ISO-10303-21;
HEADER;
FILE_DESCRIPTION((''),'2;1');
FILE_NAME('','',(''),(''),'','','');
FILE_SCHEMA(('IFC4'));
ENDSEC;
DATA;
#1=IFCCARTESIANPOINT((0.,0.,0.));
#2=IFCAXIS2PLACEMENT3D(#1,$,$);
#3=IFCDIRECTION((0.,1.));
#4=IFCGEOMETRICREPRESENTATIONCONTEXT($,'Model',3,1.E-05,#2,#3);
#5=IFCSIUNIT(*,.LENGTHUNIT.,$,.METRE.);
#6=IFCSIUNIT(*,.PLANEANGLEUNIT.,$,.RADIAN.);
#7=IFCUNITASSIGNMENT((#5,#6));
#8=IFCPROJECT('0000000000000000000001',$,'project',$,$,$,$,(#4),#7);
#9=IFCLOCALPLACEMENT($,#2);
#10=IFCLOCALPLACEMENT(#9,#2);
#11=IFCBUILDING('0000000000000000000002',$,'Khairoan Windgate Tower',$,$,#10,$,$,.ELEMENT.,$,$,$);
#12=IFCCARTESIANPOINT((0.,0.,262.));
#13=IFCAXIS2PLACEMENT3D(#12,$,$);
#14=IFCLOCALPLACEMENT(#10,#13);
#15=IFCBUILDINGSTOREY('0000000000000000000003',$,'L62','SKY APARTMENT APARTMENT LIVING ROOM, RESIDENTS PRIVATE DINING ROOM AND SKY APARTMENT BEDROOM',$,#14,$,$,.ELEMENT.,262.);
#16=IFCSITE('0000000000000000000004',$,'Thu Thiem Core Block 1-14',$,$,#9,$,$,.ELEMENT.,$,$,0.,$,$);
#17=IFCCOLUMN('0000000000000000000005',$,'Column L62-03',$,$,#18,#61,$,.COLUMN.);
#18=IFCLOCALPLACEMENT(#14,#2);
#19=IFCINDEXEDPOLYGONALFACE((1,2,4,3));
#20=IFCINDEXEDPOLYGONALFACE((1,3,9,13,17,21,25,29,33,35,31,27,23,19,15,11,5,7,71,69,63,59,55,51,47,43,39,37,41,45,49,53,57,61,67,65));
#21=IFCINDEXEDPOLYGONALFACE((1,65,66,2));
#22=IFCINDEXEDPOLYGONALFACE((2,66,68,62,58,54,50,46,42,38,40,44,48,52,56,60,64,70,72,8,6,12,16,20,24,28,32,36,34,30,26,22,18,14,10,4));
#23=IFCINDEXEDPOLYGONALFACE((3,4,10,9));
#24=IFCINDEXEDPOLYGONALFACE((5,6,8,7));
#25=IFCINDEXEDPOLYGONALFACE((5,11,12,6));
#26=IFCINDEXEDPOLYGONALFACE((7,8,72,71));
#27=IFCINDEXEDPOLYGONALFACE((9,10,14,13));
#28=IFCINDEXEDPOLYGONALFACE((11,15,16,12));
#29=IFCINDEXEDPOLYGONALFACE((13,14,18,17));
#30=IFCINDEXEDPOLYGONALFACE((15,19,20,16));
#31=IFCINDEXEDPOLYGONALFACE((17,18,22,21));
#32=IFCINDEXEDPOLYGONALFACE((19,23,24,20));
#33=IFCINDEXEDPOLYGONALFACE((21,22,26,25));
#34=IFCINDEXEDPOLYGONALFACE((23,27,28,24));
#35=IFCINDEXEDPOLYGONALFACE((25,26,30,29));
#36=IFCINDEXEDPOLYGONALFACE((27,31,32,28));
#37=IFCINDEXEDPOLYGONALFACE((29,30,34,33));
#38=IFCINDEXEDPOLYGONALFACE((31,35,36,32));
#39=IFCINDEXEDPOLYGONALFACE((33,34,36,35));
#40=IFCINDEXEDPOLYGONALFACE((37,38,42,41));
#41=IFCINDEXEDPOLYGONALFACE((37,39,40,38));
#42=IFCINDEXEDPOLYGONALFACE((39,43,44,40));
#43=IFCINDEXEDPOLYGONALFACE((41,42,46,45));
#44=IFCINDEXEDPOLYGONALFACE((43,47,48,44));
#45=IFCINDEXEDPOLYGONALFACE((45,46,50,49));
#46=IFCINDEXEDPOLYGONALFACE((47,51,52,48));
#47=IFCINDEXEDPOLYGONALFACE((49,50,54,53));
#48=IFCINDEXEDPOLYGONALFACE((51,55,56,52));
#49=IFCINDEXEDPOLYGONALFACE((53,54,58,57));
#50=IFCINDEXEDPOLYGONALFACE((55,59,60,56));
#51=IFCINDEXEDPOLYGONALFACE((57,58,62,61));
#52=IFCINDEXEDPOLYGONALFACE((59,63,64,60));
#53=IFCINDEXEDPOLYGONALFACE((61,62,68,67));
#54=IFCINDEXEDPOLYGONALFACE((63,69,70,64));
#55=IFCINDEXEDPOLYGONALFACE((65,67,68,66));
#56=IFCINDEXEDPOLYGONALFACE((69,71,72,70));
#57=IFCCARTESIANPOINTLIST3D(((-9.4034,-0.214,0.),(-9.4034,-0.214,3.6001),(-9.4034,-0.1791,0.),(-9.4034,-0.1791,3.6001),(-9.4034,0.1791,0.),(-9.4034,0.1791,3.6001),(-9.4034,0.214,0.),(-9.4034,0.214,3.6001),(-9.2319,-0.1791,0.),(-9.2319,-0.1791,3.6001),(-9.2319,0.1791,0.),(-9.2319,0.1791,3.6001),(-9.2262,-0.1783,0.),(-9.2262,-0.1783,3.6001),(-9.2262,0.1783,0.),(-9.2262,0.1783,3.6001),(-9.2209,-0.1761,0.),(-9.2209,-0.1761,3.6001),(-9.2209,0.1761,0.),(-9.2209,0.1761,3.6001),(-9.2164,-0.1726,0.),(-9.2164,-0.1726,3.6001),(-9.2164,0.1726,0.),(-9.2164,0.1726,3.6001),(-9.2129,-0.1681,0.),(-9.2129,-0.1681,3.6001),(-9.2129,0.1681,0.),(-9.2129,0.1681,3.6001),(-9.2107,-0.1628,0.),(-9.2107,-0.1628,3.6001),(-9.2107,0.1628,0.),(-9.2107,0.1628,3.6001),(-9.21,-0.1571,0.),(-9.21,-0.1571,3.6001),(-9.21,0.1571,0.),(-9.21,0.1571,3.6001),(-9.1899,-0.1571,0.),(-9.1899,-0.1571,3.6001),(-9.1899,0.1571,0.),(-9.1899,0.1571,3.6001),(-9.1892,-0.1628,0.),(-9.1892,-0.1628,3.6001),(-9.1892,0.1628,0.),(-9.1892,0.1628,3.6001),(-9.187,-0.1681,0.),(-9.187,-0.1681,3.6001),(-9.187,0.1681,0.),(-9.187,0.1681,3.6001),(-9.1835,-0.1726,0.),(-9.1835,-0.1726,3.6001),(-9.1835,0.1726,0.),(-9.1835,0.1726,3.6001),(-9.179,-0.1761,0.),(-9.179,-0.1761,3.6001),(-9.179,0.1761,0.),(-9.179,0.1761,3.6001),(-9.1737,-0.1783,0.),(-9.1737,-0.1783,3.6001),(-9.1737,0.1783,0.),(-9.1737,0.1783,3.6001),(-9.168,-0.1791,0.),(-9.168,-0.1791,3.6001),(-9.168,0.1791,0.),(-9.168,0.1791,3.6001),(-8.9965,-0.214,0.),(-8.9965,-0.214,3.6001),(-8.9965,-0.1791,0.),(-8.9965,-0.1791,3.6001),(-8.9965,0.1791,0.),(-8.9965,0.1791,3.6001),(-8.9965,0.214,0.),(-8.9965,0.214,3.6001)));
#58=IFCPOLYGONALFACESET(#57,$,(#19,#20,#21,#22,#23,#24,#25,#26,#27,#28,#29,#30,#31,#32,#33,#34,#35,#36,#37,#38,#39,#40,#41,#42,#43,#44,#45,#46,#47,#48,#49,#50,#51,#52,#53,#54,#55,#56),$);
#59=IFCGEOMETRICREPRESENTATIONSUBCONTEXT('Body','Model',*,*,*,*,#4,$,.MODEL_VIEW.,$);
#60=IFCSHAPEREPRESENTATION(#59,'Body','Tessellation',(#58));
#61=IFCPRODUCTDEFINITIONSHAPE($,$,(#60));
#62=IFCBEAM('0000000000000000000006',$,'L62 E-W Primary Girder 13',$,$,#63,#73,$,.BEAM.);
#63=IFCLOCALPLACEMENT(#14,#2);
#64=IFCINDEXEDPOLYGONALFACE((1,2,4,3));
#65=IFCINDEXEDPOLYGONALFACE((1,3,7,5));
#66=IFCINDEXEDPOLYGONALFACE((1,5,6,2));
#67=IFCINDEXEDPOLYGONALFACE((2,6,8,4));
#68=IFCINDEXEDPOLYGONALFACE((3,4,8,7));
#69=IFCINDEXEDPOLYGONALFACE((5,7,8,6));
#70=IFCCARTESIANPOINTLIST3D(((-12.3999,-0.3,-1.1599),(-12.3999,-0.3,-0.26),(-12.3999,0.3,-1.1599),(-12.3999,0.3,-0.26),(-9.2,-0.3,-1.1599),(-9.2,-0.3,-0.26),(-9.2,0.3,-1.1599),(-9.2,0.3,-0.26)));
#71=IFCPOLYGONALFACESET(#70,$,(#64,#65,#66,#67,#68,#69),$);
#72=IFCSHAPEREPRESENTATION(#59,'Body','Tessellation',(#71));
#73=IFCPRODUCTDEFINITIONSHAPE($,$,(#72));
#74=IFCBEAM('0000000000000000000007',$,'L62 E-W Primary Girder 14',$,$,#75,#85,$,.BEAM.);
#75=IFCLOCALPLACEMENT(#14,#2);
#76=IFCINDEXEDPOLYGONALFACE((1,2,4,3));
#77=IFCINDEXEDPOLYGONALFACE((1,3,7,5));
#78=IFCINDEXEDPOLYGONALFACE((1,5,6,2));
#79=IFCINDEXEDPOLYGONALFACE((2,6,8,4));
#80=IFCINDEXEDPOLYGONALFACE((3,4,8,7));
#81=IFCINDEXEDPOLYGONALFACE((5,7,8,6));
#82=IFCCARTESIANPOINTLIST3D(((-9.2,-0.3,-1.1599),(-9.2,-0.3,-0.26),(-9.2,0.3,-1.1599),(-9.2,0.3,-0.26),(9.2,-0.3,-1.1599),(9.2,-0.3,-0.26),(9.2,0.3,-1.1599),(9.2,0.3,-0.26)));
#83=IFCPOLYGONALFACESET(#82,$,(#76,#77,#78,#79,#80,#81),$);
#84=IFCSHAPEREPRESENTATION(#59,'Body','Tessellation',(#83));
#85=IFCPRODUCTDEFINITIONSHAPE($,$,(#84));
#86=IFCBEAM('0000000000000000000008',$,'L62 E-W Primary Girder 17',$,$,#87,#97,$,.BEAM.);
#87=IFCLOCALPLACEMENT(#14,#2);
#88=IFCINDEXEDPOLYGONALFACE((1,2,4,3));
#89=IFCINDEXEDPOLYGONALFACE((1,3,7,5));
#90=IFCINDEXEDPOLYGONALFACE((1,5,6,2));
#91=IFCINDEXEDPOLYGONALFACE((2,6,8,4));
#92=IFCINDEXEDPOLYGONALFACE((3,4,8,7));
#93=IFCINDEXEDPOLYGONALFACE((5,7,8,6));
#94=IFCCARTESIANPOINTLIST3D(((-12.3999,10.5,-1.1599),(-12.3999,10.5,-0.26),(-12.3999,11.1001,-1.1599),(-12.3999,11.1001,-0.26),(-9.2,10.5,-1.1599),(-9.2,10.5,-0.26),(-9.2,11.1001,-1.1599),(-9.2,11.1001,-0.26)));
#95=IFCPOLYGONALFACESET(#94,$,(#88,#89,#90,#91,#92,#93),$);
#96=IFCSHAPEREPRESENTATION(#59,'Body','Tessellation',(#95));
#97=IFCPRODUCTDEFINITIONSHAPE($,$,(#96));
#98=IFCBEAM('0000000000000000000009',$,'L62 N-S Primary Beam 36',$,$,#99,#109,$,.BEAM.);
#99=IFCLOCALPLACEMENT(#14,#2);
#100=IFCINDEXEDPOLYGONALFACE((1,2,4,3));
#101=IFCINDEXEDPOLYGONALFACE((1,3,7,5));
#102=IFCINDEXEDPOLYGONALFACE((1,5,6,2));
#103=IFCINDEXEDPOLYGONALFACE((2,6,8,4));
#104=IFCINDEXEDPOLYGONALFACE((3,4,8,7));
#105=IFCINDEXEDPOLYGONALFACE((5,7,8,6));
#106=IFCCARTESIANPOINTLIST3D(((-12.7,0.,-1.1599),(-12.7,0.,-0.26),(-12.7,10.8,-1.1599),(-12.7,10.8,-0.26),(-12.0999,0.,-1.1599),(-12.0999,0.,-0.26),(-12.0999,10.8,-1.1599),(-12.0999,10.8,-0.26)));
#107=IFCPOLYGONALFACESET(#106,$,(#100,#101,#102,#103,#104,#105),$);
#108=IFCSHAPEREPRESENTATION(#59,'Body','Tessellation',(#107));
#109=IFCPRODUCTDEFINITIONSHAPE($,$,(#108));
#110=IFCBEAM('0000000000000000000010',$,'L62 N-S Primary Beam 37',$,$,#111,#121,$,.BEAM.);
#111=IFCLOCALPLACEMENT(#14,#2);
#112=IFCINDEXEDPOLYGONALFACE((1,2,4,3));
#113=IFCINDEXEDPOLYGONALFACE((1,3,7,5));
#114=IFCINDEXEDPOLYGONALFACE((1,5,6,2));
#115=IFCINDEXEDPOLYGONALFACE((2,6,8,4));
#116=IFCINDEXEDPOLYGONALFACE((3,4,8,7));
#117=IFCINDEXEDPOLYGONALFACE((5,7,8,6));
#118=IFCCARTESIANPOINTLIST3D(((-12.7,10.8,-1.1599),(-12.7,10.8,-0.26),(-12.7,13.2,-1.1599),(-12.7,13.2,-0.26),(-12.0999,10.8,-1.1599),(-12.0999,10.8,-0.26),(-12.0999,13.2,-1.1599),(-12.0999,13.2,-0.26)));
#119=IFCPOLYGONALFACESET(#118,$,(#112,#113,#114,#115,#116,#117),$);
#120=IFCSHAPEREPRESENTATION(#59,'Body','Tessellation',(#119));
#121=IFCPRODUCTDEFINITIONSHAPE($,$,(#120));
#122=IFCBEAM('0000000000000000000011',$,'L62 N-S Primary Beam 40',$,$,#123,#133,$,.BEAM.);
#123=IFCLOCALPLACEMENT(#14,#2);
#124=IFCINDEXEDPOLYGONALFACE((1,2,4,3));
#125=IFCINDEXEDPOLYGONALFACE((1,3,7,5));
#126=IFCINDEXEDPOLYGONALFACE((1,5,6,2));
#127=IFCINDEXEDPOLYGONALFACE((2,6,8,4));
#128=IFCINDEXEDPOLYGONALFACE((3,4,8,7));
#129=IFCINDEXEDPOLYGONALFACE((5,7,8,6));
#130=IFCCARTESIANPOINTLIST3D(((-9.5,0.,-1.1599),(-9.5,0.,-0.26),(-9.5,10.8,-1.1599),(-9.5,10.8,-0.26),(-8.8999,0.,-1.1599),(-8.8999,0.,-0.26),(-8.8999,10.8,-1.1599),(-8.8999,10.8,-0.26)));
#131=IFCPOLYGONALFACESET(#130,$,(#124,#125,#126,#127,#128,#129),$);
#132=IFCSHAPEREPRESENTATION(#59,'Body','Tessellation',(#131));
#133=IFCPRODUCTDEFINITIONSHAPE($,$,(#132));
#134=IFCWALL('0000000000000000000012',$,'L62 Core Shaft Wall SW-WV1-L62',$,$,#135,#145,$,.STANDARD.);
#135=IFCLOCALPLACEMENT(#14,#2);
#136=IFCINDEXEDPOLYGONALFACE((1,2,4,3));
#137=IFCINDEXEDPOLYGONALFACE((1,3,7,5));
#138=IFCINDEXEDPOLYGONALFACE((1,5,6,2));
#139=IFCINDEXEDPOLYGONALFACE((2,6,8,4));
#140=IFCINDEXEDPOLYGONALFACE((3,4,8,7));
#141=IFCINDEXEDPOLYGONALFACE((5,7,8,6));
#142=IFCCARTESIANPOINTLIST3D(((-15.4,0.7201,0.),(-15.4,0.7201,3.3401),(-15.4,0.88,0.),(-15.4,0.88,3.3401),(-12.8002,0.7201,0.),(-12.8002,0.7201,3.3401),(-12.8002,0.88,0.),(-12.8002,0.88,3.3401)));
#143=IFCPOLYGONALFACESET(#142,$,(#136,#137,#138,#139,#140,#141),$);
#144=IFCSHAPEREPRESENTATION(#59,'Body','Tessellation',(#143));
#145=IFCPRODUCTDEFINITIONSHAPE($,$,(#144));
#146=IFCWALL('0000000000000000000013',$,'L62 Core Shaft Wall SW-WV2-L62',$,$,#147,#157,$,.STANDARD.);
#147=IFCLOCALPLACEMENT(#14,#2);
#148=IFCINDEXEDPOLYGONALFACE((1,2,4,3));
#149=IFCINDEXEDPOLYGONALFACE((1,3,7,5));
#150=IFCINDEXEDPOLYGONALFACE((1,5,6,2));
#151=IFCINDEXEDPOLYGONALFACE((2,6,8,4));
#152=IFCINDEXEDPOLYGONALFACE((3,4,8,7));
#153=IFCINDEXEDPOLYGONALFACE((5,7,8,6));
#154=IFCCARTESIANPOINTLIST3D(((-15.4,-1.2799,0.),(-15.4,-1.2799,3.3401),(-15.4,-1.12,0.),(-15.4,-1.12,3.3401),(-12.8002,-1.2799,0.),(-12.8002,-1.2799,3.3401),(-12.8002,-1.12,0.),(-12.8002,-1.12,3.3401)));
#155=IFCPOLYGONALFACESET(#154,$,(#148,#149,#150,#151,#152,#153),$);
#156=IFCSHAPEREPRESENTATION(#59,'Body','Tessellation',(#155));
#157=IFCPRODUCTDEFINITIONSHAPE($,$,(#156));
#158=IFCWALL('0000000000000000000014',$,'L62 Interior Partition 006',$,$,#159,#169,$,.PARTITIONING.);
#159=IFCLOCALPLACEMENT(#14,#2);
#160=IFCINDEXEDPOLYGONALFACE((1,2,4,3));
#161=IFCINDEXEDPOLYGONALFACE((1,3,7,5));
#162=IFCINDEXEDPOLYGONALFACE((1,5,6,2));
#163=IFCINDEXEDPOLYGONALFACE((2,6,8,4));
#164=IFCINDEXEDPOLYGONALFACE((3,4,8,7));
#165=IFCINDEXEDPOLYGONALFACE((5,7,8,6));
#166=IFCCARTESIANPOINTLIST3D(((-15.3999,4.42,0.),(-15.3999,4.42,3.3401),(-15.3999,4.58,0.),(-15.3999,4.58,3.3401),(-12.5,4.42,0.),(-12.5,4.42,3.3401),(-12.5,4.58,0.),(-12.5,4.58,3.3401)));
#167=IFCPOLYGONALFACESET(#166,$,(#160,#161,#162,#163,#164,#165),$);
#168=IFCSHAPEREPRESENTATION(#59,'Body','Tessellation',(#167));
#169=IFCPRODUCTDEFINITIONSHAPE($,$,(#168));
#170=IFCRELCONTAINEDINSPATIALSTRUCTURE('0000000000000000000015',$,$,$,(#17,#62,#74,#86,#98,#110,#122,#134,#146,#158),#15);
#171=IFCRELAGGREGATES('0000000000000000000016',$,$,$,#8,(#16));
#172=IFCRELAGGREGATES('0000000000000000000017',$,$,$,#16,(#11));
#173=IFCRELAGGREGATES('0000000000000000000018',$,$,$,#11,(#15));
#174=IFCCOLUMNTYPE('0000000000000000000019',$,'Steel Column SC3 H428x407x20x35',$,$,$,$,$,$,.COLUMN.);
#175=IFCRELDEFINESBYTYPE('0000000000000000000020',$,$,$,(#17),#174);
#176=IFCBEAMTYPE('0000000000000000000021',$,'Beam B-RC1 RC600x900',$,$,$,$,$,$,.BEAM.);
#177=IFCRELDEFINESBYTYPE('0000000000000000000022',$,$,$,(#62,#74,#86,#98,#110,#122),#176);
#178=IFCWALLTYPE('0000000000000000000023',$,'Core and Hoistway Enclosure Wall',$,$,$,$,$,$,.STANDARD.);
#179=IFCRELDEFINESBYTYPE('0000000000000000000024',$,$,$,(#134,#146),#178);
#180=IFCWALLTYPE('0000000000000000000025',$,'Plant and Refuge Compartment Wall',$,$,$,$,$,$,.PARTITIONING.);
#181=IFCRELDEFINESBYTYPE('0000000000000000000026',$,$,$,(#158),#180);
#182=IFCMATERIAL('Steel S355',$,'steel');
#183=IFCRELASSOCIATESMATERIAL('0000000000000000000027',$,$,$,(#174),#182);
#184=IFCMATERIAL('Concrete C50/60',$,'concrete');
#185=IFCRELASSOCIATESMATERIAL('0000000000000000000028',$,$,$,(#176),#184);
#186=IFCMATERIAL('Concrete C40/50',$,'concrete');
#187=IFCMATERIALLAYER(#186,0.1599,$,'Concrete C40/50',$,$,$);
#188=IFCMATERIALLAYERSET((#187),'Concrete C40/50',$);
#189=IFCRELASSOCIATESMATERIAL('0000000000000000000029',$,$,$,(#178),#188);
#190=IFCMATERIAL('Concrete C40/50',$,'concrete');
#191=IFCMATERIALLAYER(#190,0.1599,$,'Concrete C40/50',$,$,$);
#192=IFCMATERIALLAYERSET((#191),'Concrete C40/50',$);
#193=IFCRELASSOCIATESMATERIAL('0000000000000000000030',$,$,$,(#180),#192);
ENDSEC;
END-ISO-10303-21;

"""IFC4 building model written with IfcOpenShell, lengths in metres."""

from ifc_helpers import new_model, si_unit, direction, frame, frame_2d, origin, origin_2d, place, context, subcontext, project, spatial, rectangle, i_section, extrude, material, layer, layer_set, material_profile, profile_set, type_object, element, save


model = new_model("IFC4")

# Units and contexts
model_context = context("Model", 3, precision=1e-05, world=origin(), true_north=direction((0.0, 1.0)))
body_context = subcontext(model_context, "Body", "Model", "MODEL_VIEW")
ifc_project = project(units=[si_unit("LENGTHUNIT", "METRE"), si_unit("PLANEANGLEUNIT", "RADIAN")], contexts=[model_context])

# Site, building, storey
site_placement = place(None, origin())
site = spatial("IfcSite", under=ifc_project, at=site_placement, Name="Thu Thiem Core Block 1-14", CompositionType="ELEMENT", RefElevation=0.0)
building_placement = place(site_placement, origin())
building = spatial("IfcBuilding", under=site, at=building_placement, Name="Khairoan Windgate Tower", CompositionType="ELEMENT")
storey_placement = place(building_placement, frame((0.0, 0.0, 262.0)))
storey = spatial("IfcBuildingStorey", under=building, at=storey_placement, Name="L62", Description="SKY APARTMENT APARTMENT LIVING ROOM, RESIDENTS PRIVATE DINING ROOM AND SKY APARTMENT BEDROOM", CompositionType="ELEMENT", Elevation=262.0)

# Column
ifc_material_1 = material(Name="Steel S355", Category="steel")
ifc_material_profile_1 = material_profile(ifc_material_1, i_section(OverallWidth=0.407, OverallDepth=0.428, WebThickness=0.02, FlangeThickness=0.0349, FilletRadius=0.022, at=origin_2d()))
ifc_profile_set_1 = profile_set([ifc_material_profile_1], Name="Steel S355")
column_type = type_object("IfcColumnType", Name="Steel Column SC3 H428x407x20x35", PredefinedType="COLUMN", material=ifc_profile_set_1)
column_placement = place(storey_placement, frame((-9.2, 0.0, 0.0), z_axis=(0.0, 0.0, 1.0), x_axis=(1.0, 0.0, 0.0)))
element("IfcColumn", 1, at=column_placement, inside=storey, type_object=column_type, Name="Column L62-03", PredefinedType="COLUMN", context=body_context, shape_type="SweptSolid", body=[
    extrude(i_section(OverallWidth=0.407, OverallDepth=0.428, WebThickness=0.02, FlangeThickness=0.0349, FilletRadius=0.022, at=origin_2d()), origin(), (0.0, 0.0, 1.0), 3.6001),
])

# Beams
ifc_material_2 = material(Name="Concrete C50/60", Category="concrete")
ifc_material_profile_2 = material_profile(ifc_material_2, rectangle(XDim=0.6001, YDim=0.8999, at=origin_2d()))
ifc_profile_set_2 = profile_set([ifc_material_profile_2], Name="Concrete C50/60")
beam_type = type_object("IfcBeamType", Name="Beam B-RC1 RC600x900", PredefinedType="BEAM", material=ifc_profile_set_2)
beam_1_placement = place(storey_placement, frame((-12.3999, 0.0, -0.71), z_axis=(1.0, 0.0, 0.0), x_axis=(0.0, 1.0, 0.0)))
element("IfcBeam", 2, at=beam_1_placement, inside=storey, type_object=beam_type, Name="L62 E-W Primary Girder 13", PredefinedType="BEAM", context=body_context, shape_type="SweptSolid", body=[
    extrude(rectangle(XDim=0.6001, YDim=0.8999, at=origin_2d()), origin(), (0.0, 0.0, 1.0), 3.2),
])
beam_2_placement = place(storey_placement, frame((-9.2, 0.0, -0.71), z_axis=(1.0, 0.0, 0.0), x_axis=(0.0, 1.0, 0.0)))
element("IfcBeam", 3, at=beam_2_placement, inside=storey, type_object=beam_type, Name="L62 E-W Primary Girder 14", PredefinedType="BEAM", context=body_context, shape_type="SweptSolid", body=[
    extrude(rectangle(XDim=0.6001, YDim=0.8999, at=origin_2d()), origin(), (0.0, 0.0, 1.0), 18.3999),
])
beam_3_placement = place(storey_placement, frame((-12.3999, 10.8, -0.71), z_axis=(1.0, 0.0, 0.0), x_axis=(0.0, 1.0, 0.0)))
element("IfcBeam", 4, at=beam_3_placement, inside=storey, type_object=beam_type, Name="L62 E-W Primary Girder 17", PredefinedType="BEAM", context=body_context, shape_type="SweptSolid", body=[
    extrude(rectangle(XDim=0.6001, YDim=0.8999, at=origin_2d()), origin(), (0.0, 0.0, 1.0), 3.2),
])
beam_4_placement = place(storey_placement, frame((-12.3999, 0.0, -0.71), z_axis=(0.0, 1.0, 0.0), x_axis=(-1.0, 0.0, 0.0)))
element("IfcBeam", 5, at=beam_4_placement, inside=storey, type_object=beam_type, Name="L62 N-S Primary Beam 36", PredefinedType="BEAM", context=body_context, shape_type="SweptSolid", body=[
    extrude(rectangle(XDim=0.6001, YDim=0.8999, at=origin_2d()), origin(), (0.0, 0.0, 1.0), 10.8),
])
beam_5_placement = place(storey_placement, frame((-12.3999, 10.8, -0.71), z_axis=(0.0, 1.0, 0.0), x_axis=(-1.0, 0.0, 0.0)))
element("IfcBeam", 6, at=beam_5_placement, inside=storey, type_object=beam_type, Name="L62 N-S Primary Beam 37", PredefinedType="BEAM", context=body_context, shape_type="SweptSolid", body=[
    extrude(rectangle(XDim=0.6001, YDim=0.8999, at=origin_2d()), origin(), (0.0, 0.0, 1.0), 2.3999),
])
beam_6_placement = place(storey_placement, frame((-9.2, 0.0, -0.71), z_axis=(0.0, 1.0, 0.0), x_axis=(-1.0, 0.0, 0.0)))
element("IfcBeam", 7, at=beam_6_placement, inside=storey, type_object=beam_type, Name="L62 N-S Primary Beam 40", PredefinedType="BEAM", context=body_context, shape_type="SweptSolid", body=[
    extrude(rectangle(XDim=0.6001, YDim=0.8999, at=origin_2d()), origin(), (0.0, 0.0, 1.0), 10.8),
])

# Walls
ifc_material_3 = material(Name="Concrete C40/50", Category="concrete")
ifc_layer_1 = layer(ifc_material_3, 0.1599, Name="Concrete C40/50")
ifc_layer_set_1 = layer_set([ifc_layer_1], Name="Concrete C40/50")
wall_type_1 = type_object("IfcWallType", Name="Core and Hoistway Enclosure Wall", PredefinedType="STANDARD", material=ifc_layer_set_1)
for number, where, z_axis, x_axis, name in (
    (8, (-15.3999, 0.8, 0.0), (0.0, 0.0, 1.0), (1.0, 0.0, 0.0), "L62 Core Shaft Wall SW-WV1-L62"),
    (9, (-15.3999, -1.2, 0.0), (0.0, 0.0, 1.0), (1.0, 0.0, 0.0), "L62 Core Shaft Wall SW-WV2-L62"),
):
    element("IfcWall", number, at=place(storey_placement, frame(where, z_axis=z_axis, x_axis=x_axis)), inside=storey, type_object=wall_type_1, Name=name, PredefinedType="STANDARD", context=body_context, shape_type="SweptSolid", body=[
        extrude(rectangle(XDim=2.5999, YDim=0.1599, at=frame_2d((1.2998, 0.0))), origin(), (0.0, 0.0, 1.0), 3.3401),
    ])
ifc_material_4 = material(Name="Concrete C40/50", Category="concrete")
ifc_layer_2 = layer(ifc_material_4, 0.1599, Name="Concrete C40/50")
ifc_layer_set_2 = layer_set([ifc_layer_2], Name="Concrete C40/50")
wall_type_2 = type_object("IfcWallType", Name="Plant and Refuge Compartment Wall", PredefinedType="PARTITIONING", material=ifc_layer_set_2)
wall_1_placement = place(storey_placement, frame((-15.3999, 4.5, 0.0), z_axis=(0.0, 0.0, 1.0), x_axis=(1.0, 0.0, 0.0)))
element("IfcWall", 10, at=wall_1_placement, inside=storey, type_object=wall_type_2, Name="L62 Interior Partition 006", PredefinedType="PARTITIONING", context=body_context, shape_type="SweptSolid", body=[
    extrude(rectangle(XDim=2.8999, YDim=0.1599, at=frame_2d((1.45, 0.0))), origin(), (0.0, 0.0, 1.0), 3.3401),
])

save(model, "model.ifc")
